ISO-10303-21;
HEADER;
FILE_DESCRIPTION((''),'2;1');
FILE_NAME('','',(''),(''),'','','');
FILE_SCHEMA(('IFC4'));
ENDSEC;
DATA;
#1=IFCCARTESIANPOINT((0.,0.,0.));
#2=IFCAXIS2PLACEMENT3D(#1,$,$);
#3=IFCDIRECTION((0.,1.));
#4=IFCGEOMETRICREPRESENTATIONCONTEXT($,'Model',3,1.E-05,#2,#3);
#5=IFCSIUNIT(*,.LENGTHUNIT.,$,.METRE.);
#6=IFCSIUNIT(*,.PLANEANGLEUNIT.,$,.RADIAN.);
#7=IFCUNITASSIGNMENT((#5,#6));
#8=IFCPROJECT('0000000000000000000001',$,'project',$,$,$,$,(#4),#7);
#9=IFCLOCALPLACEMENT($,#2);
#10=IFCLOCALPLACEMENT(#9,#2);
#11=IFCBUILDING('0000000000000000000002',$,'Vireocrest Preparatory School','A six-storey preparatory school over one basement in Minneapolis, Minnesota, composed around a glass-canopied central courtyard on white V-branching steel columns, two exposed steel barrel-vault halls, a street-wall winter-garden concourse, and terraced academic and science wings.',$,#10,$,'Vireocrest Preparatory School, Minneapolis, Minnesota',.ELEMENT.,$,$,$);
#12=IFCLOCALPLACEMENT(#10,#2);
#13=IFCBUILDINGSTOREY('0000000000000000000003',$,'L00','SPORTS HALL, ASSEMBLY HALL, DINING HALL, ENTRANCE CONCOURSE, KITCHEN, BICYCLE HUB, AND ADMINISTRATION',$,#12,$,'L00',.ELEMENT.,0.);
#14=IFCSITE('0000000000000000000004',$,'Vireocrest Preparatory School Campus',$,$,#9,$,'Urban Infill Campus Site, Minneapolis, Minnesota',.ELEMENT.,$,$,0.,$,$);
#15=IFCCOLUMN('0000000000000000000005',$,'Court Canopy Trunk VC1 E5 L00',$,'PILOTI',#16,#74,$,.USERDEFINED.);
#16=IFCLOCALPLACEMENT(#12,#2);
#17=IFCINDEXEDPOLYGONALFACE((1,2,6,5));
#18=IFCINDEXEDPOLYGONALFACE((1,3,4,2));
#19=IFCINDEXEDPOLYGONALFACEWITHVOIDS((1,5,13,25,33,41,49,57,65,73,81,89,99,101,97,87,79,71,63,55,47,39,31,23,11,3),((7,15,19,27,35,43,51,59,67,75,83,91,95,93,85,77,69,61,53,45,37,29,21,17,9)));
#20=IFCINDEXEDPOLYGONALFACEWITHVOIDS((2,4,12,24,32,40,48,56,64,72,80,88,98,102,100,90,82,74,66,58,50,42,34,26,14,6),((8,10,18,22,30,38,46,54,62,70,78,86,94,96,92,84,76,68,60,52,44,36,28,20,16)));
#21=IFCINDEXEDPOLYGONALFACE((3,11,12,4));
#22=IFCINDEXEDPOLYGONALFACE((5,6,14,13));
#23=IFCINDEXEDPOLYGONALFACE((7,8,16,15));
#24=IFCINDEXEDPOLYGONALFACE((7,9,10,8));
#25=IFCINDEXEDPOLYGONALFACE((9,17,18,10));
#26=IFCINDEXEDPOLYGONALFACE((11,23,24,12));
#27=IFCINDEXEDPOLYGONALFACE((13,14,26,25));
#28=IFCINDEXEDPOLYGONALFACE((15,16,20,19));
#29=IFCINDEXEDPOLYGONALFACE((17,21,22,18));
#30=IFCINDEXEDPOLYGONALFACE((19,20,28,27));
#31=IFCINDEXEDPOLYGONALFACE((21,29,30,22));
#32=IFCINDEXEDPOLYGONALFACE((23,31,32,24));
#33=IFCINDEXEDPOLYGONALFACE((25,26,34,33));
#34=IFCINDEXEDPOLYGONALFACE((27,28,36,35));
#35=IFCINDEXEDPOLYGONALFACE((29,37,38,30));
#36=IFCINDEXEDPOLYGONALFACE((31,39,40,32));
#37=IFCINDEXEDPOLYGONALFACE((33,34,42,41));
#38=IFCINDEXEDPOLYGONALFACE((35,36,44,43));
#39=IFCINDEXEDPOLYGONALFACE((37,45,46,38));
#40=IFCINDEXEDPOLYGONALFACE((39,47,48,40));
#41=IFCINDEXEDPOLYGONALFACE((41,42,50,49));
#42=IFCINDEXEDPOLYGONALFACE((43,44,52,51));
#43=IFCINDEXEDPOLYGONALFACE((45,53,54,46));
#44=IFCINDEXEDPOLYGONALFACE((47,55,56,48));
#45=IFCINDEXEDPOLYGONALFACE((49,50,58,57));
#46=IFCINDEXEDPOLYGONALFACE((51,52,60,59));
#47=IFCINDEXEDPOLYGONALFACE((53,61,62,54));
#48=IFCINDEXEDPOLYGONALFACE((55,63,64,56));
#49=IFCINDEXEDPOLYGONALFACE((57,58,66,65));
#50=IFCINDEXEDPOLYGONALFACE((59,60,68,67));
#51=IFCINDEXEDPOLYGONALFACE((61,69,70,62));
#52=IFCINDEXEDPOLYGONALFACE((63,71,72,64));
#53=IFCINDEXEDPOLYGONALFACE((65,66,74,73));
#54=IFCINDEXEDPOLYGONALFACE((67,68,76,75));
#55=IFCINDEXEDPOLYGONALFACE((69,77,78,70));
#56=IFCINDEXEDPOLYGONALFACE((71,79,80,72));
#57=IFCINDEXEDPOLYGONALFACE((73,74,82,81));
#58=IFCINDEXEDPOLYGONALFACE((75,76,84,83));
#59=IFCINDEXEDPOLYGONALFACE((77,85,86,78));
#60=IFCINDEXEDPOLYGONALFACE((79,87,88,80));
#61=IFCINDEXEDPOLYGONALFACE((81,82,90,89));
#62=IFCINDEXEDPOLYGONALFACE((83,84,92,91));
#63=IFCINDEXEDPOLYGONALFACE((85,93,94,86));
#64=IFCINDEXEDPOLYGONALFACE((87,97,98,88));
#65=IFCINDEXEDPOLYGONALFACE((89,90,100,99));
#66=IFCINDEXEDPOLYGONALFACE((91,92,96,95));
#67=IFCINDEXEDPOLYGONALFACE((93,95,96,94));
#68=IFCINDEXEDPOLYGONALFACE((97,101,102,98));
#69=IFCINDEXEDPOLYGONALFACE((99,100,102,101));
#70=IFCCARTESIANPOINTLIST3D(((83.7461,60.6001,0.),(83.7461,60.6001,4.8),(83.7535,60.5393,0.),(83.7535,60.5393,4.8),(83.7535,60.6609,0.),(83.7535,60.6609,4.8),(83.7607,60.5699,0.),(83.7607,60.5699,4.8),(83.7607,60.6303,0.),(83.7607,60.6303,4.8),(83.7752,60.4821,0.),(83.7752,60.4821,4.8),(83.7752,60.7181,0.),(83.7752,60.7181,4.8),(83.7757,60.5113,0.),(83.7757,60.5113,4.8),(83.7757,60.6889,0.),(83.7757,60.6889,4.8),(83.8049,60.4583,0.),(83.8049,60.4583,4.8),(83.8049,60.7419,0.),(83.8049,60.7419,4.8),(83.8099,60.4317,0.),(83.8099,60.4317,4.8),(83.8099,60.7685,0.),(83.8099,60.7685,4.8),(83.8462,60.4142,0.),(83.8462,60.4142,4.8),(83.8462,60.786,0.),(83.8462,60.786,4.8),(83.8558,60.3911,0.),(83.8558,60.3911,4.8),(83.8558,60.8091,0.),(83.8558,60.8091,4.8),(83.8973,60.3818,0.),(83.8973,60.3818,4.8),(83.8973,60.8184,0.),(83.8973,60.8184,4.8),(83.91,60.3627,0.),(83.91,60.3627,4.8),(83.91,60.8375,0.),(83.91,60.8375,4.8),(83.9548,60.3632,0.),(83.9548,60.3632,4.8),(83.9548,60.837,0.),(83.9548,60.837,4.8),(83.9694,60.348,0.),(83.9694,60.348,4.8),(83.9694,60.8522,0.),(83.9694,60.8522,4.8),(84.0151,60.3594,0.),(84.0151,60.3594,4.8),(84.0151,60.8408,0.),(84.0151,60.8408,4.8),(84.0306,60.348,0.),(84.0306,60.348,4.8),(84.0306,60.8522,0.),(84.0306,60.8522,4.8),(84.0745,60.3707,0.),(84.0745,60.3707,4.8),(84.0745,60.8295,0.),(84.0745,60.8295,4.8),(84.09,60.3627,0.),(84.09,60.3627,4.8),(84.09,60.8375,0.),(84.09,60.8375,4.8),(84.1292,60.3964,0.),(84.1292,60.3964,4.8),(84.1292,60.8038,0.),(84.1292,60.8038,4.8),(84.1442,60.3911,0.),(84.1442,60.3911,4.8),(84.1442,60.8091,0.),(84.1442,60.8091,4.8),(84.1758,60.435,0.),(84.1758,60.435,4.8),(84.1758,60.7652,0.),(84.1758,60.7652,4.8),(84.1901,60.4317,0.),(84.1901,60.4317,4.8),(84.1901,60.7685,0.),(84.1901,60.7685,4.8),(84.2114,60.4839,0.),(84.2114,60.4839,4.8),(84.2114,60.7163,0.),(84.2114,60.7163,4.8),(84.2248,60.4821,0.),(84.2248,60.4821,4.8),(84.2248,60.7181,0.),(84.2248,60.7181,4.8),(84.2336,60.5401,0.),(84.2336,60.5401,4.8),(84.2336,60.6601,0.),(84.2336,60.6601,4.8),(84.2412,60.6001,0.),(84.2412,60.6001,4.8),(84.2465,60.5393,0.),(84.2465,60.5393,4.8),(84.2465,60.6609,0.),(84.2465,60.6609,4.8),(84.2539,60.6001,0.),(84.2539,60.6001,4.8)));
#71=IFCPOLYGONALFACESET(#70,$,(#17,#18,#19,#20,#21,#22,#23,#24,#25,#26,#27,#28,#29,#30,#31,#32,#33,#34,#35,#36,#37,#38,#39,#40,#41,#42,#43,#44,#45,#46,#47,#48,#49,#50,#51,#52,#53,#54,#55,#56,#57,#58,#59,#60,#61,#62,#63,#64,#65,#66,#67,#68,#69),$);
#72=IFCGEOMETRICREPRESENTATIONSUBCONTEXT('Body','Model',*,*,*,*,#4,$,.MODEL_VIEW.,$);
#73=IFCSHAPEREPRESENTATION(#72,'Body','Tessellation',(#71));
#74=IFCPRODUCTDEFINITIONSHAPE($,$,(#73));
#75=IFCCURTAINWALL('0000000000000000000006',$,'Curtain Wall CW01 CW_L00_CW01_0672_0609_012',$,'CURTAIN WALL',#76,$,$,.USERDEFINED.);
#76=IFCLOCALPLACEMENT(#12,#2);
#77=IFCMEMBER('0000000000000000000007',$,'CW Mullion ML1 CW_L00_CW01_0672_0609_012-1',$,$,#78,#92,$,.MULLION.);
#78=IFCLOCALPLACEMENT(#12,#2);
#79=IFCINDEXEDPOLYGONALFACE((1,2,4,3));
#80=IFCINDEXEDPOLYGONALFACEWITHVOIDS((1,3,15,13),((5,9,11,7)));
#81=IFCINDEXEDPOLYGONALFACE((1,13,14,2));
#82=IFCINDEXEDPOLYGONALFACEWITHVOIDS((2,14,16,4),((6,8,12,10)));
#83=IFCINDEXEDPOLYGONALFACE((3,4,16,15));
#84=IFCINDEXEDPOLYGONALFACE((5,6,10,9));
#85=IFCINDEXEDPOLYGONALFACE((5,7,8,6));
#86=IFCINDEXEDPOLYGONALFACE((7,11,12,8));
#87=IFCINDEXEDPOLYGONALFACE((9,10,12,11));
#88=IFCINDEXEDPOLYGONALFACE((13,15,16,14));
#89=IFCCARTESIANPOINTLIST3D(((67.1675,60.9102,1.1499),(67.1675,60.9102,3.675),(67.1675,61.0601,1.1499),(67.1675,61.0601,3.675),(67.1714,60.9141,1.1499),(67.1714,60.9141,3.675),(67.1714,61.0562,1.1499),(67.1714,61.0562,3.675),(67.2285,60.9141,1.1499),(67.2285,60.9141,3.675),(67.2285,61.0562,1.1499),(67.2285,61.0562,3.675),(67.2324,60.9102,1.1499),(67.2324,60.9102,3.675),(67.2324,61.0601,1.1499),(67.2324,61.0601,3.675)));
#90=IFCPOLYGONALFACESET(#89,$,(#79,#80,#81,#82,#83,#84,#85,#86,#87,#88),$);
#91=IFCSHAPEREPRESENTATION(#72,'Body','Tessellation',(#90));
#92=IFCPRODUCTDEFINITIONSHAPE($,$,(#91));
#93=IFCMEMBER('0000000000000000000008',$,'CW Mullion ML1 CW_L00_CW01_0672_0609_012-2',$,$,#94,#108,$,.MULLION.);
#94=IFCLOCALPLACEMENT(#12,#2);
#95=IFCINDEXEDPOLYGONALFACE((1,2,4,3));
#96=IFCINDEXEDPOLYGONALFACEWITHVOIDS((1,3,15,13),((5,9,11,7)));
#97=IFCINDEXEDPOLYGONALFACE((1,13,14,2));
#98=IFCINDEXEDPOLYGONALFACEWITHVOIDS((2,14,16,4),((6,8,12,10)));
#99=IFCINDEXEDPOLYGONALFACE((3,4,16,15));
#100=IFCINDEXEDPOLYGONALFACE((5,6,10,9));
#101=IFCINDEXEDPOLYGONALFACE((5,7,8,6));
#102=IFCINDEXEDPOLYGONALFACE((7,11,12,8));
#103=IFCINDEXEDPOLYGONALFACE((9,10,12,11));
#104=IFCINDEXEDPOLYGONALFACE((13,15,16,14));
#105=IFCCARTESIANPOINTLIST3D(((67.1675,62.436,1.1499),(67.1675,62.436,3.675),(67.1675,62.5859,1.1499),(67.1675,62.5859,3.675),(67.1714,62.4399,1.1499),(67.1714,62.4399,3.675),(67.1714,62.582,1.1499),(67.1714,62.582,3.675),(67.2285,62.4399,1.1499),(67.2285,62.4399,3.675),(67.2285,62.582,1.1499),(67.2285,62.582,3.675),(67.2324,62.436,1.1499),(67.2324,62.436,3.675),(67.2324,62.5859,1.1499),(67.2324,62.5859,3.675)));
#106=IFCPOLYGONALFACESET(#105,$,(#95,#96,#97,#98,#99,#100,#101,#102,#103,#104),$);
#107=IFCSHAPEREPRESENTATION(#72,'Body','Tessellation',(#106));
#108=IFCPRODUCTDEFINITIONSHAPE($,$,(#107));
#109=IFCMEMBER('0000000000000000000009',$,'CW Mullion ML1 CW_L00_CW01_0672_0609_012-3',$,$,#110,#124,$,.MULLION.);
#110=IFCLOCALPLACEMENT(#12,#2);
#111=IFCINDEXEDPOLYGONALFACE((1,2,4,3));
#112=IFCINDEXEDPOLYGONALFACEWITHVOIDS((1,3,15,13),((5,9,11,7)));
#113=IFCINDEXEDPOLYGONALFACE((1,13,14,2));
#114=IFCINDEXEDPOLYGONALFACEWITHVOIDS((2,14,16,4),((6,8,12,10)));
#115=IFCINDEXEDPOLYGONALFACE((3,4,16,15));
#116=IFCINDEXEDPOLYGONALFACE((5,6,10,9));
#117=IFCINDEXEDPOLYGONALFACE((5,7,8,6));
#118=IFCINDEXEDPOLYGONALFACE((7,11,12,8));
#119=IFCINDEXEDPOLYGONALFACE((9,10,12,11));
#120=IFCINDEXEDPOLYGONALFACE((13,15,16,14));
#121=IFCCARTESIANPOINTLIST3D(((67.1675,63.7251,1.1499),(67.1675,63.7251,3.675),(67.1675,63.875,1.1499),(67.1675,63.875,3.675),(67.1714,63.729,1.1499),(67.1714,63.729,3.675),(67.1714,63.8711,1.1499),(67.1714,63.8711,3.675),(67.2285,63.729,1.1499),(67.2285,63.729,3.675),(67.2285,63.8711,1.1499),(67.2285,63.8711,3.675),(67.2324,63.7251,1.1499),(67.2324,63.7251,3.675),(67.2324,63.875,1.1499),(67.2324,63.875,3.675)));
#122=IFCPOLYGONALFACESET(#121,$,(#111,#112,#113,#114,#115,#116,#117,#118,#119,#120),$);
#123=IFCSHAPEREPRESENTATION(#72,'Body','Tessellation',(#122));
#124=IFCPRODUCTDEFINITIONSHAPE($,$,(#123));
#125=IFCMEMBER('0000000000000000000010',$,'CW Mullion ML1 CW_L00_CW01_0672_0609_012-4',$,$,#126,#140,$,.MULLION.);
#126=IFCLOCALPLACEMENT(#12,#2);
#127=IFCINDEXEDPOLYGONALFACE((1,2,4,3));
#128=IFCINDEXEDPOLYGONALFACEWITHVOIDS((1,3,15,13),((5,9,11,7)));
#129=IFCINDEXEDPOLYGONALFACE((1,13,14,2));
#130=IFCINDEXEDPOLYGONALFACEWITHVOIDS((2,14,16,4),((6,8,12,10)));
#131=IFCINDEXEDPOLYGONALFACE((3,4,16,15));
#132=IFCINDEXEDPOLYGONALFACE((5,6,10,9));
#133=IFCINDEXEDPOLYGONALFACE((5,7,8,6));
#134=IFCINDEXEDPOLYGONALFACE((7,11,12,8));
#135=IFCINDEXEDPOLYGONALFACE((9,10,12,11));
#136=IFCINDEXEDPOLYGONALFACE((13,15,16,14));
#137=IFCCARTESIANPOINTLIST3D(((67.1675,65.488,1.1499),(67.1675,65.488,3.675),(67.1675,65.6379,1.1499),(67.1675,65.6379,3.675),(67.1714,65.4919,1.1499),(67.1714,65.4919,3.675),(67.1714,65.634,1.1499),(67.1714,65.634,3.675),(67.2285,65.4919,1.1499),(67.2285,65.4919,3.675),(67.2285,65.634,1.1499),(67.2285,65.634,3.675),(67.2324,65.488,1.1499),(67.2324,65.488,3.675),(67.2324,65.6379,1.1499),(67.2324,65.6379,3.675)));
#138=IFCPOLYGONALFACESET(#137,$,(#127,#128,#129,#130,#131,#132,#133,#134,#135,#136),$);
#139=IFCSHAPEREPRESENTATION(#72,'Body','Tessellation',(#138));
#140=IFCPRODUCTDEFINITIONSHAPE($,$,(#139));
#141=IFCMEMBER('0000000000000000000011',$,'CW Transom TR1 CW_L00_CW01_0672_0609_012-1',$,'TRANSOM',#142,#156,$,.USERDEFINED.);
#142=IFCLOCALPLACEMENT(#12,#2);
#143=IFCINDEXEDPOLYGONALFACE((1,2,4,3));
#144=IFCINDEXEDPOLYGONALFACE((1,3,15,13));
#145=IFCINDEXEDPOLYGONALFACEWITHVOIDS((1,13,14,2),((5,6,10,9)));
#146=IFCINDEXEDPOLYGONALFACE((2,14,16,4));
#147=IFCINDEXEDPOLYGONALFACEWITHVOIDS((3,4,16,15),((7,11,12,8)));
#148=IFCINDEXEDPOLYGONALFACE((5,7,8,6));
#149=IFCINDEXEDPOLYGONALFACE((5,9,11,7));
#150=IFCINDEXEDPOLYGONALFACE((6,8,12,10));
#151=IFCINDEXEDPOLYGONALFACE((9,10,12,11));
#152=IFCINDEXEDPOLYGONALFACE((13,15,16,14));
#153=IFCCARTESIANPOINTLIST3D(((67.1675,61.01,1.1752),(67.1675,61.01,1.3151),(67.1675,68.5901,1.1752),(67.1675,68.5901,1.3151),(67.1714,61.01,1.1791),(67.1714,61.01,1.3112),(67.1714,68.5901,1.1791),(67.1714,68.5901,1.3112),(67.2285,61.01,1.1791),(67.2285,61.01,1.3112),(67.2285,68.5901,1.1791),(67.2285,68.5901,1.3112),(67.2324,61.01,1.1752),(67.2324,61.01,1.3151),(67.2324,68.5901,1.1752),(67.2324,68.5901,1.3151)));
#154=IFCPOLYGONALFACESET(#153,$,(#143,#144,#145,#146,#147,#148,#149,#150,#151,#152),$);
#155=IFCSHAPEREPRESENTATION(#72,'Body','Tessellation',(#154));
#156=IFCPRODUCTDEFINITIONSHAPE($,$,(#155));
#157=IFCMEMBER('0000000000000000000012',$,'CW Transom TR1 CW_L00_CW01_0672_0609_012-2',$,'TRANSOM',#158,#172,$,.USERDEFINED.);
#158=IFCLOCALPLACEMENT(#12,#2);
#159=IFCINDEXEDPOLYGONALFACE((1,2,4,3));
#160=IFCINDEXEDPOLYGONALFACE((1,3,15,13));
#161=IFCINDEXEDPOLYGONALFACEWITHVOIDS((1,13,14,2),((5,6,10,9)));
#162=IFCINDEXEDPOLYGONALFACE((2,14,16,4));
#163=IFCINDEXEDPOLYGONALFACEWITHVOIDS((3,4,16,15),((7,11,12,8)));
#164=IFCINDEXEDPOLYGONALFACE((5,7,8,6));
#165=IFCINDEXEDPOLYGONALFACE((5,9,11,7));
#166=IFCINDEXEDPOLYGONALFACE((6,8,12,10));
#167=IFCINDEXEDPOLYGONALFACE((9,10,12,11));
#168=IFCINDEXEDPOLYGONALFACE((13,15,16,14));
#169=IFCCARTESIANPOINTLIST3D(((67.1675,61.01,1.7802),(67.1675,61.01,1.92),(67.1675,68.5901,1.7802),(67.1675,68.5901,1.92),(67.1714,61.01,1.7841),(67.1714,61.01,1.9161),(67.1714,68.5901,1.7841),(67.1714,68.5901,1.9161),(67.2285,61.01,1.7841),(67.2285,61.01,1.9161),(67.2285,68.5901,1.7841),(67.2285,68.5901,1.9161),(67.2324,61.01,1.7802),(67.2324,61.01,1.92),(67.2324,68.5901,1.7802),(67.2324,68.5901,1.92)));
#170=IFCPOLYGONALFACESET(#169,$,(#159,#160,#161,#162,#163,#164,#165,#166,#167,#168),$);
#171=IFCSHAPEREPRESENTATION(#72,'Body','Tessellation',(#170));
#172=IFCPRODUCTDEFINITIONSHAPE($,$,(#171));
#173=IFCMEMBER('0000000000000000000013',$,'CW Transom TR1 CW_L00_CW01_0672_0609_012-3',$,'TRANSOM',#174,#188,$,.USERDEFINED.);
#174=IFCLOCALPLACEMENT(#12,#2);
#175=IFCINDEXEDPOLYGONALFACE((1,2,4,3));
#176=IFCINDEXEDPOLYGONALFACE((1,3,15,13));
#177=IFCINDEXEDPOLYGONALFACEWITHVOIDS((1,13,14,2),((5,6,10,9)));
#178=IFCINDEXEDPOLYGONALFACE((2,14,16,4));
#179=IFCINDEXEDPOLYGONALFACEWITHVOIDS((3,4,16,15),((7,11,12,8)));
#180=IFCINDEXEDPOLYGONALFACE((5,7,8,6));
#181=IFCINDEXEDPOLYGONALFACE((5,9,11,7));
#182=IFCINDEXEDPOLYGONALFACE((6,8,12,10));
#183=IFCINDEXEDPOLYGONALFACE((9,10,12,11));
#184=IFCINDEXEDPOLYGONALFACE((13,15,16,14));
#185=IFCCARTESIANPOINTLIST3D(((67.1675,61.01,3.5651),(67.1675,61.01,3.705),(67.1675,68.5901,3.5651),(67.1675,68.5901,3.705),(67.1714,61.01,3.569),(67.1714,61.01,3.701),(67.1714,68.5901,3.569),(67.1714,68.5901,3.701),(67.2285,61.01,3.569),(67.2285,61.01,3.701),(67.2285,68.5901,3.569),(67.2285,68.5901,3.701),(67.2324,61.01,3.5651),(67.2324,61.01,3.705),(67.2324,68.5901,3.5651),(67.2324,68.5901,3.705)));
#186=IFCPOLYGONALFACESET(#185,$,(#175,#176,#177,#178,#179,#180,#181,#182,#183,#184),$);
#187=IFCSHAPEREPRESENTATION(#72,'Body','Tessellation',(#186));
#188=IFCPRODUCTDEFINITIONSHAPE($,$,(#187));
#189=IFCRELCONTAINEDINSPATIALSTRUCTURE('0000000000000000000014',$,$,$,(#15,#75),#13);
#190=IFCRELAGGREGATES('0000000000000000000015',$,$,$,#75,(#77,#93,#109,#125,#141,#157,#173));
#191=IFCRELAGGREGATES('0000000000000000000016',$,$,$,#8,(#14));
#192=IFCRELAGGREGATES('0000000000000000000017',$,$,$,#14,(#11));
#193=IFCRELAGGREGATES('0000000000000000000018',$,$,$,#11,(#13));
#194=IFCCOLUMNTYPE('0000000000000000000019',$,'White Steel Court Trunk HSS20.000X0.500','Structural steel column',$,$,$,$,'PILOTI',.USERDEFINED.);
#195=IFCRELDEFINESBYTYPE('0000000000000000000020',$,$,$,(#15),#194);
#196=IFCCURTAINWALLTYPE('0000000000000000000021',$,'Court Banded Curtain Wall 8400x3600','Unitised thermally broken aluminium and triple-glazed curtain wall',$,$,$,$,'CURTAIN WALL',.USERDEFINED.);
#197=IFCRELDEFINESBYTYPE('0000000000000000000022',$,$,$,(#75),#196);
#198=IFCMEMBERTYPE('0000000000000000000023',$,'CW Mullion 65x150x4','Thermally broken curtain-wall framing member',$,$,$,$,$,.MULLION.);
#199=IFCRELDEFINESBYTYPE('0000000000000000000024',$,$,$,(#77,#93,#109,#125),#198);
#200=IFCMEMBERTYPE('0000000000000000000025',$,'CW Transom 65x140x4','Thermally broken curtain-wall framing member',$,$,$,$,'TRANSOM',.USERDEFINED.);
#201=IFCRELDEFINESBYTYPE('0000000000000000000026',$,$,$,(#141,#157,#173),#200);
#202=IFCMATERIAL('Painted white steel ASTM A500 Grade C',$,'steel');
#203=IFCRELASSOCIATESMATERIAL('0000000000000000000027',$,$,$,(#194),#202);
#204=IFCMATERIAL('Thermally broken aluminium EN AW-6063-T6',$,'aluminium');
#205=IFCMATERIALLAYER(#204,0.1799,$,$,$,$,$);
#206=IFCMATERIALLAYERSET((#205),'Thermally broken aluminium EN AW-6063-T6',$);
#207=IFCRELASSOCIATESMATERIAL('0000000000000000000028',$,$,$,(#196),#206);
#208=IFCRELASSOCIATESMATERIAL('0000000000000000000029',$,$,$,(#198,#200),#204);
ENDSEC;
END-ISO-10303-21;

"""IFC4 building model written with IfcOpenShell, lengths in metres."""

from ifc_helpers import new_model, si_unit, direction, frame, origin, origin_2d, place, context, subcontext, project, spatial, hollow_rectangle, hollow_circle, extrude, material, layer, layer_set, material_profile, profile_set, type_object, element, aggregate, save


model = new_model("IFC4")

# Units and contexts
model_context = context("Model", 3, precision=1e-05, world=origin(), true_north=direction((0.0, 1.0)))
body_context = subcontext(model_context, "Body", "Model", "MODEL_VIEW")
ifc_project = project(units=[si_unit("LENGTHUNIT", "METRE"), si_unit("PLANEANGLEUNIT", "RADIAN")], contexts=[model_context])

# Site, building, storey
site_placement = place(None, origin())
site = spatial("IfcSite", under=ifc_project, at=site_placement, Name="Vireocrest Preparatory School Campus", LongName="Urban Infill Campus Site, Minneapolis, Minnesota", CompositionType="ELEMENT", RefElevation=0.0)
building_placement = place(site_placement, origin())
building = spatial("IfcBuilding", under=site, at=building_placement, Name="Vireocrest Preparatory School", Description="A six-storey preparatory school over one basement in Minneapolis, Minnesota, composed around a glass-canopied central courtyard on white V-branching steel columns, two exposed steel barrel-vault halls, a street-wall winter-garden concourse, and terraced academic and science wings.", LongName="Vireocrest Preparatory School, Minneapolis, Minnesota", CompositionType="ELEMENT")
storey_placement = place(building_placement, origin())
storey = spatial("IfcBuildingStorey", under=building, at=storey_placement, Name="L00", Description="SPORTS HALL, ASSEMBLY HALL, DINING HALL, ENTRANCE CONCOURSE, KITCHEN, BICYCLE HUB, AND ADMINISTRATION", LongName="L00", CompositionType="ELEMENT", Elevation=0.0)

# Column
ifc_material_1 = material(Name="Painted white steel ASTM A500 Grade C", Category="steel")
ifc_material_profile_1 = material_profile(ifc_material_1, hollow_circle(Radius=0.2539, WallThickness=0.0127, at=origin_2d()), Name="HSS20.000X0.500")
ifc_profile_set_1 = profile_set([ifc_material_profile_1], Name="Painted white steel ASTM A500 Grade C")
column_type_1 = type_object("IfcColumnType", Name="White Steel Court Trunk HSS20.000X0.500", Description="Structural steel column", ElementType="PILOTI", PredefinedType="USERDEFINED", material=ifc_profile_set_1)
for number, where, z_axis, x_axis, name in (
    (1, (84.0, 60.6001, 0.0), (0.0, 0.0, 1.0), (1.0, 0.0, 0.0), "Court Canopy Trunk VC1 E5 L00"),
):
    element("IfcColumn", number, at=place(storey_placement, frame(where, z_axis=z_axis, x_axis=x_axis)), inside=storey, type_object=column_type_1, Name=name, ObjectType="PILOTI", PredefinedType="USERDEFINED", context=body_context, shape_type="SweptSolid", body=[
        extrude(hollow_circle(Radius=0.2539, WallThickness=0.0127, at=origin_2d()), origin(), (0.0, 0.0, 1.0), 4.8),
    ])

# Curtain wall, members
ifc_material_2 = material(Name="Thermally broken aluminium EN AW-6063-T6", Category="aluminium")
ifc_layer_1 = layer(ifc_material_2, 0.1799)
ifc_layer_set_1 = layer_set([ifc_layer_1], Name="Thermally broken aluminium EN AW-6063-T6")
curtain_wall_type = type_object("IfcCurtainWallType", Name="Court Banded Curtain Wall 8400x3600", Description="Unitised thermally broken aluminium and triple-glazed curtain wall", ElementType="CURTAIN WALL", PredefinedType="USERDEFINED", material=ifc_layer_set_1)
curtain_wall_placement = place(storey_placement, origin())
curtain_wall = element("IfcCurtainWall", 2, at=curtain_wall_placement, inside=storey, type_object=curtain_wall_type, Name="Curtain Wall CW01 CW_L00_CW01_0672_0609_012", ObjectType="CURTAIN WALL", PredefinedType="USERDEFINED")
ifc_material_profile_2 = material_profile(ifc_material_2, hollow_rectangle(XDim=0.0649, YDim=0.1499, WallThickness=0.0039, at=origin_2d()), Name="ALU 65x150x4")
ifc_profile_set_2 = profile_set([ifc_material_profile_2], Name="Thermally broken aluminium EN AW-6063-T6")
member_type_1 = type_object("IfcMemberType", Name="CW Mullion 65x150x4", Description="Thermally broken curtain-wall framing member", PredefinedType="MULLION", material=ifc_profile_set_2)
member_1_placement = place(storey_placement, frame((67.2, 60.9851, 1.1499), z_axis=(0.0, 0.0, 1.0), x_axis=(1.0, 0.0, 0.0)))
member_1 = element("IfcMember", 3, at=member_1_placement, type_object=member_type_1, Name="CW Mullion ML1 CW_L00_CW01_0672_0609_012-1", PredefinedType="MULLION", context=body_context, shape_type="SweptSolid", body=[
    extrude(hollow_rectangle(XDim=0.0649, YDim=0.1499, WallThickness=0.0039, at=origin_2d()), origin(), (0.0, 0.0, 1.0), 2.5251),
])
member_2_placement = place(storey_placement, frame((67.2, 62.511, 1.1499), z_axis=(0.0, 0.0, 1.0), x_axis=(1.0, 0.0, 0.0)))
member_2 = element("IfcMember", 4, at=member_2_placement, type_object=member_type_1, Name="CW Mullion ML1 CW_L00_CW01_0672_0609_012-2", PredefinedType="MULLION", context=body_context, shape_type="SweptSolid", body=[
    extrude(hollow_rectangle(XDim=0.0649, YDim=0.1499, WallThickness=0.0039, at=origin_2d()), origin(), (0.0, 0.0, 1.0), 2.5251),
])
member_3_placement = place(storey_placement, frame((67.2, 63.8, 1.1499), z_axis=(0.0, 0.0, 1.0), x_axis=(1.0, 0.0, 0.0)))
member_3 = element("IfcMember", 5, at=member_3_placement, type_object=member_type_1, Name="CW Mullion ML1 CW_L00_CW01_0672_0609_012-3", PredefinedType="MULLION", context=body_context, shape_type="SweptSolid", body=[
    extrude(hollow_rectangle(XDim=0.0649, YDim=0.1499, WallThickness=0.0039, at=origin_2d()), origin(), (0.0, 0.0, 1.0), 2.5251),
])
member_4_placement = place(storey_placement, frame((67.2, 65.563, 1.1499), z_axis=(0.0, 0.0, 1.0), x_axis=(1.0, 0.0, 0.0)))
member_4 = element("IfcMember", 6, at=member_4_placement, type_object=member_type_1, Name="CW Mullion ML1 CW_L00_CW01_0672_0609_012-4", PredefinedType="MULLION", context=body_context, shape_type="SweptSolid", body=[
    extrude(hollow_rectangle(XDim=0.0649, YDim=0.1499, WallThickness=0.0039, at=origin_2d()), origin(), (0.0, 0.0, 1.0), 2.5251),
])
ifc_material_profile_3 = material_profile(ifc_material_2, hollow_rectangle(XDim=0.0649, YDim=0.1399, WallThickness=0.0039, at=origin_2d()), Name="ALU 65x140x4")
ifc_profile_set_3 = profile_set([ifc_material_profile_3], Name="Thermally broken aluminium EN AW-6063-T6")
member_type_2 = type_object("IfcMemberType", Name="CW Transom 65x140x4", Description="Thermally broken curtain-wall framing member", ElementType="TRANSOM", PredefinedType="USERDEFINED", material=ifc_profile_set_3)
member_5_placement = place(storey_placement, frame((67.2, 61.01, 1.2451), z_axis=(0.0, 1.0, 0.0), x_axis=(-1.0, 0.0, 0.0)))
member_5 = element("IfcMember", 7, at=member_5_placement, type_object=member_type_2, Name="CW Transom TR1 CW_L00_CW01_0672_0609_012-1", ObjectType="TRANSOM", PredefinedType="USERDEFINED", context=body_context, shape_type="SweptSolid", body=[
    extrude(hollow_rectangle(XDim=0.0649, YDim=0.1399, WallThickness=0.0039, at=origin_2d()), origin(), (0.0, 0.0, 1.0), 7.5801),
])
member_6_placement = place(storey_placement, frame((67.2, 61.01, 1.8501), z_axis=(0.0, 1.0, 0.0), x_axis=(-1.0, 0.0, 0.0)))
member_6 = element("IfcMember", 8, at=member_6_placement, type_object=member_type_2, Name="CW Transom TR1 CW_L00_CW01_0672_0609_012-2", ObjectType="TRANSOM", PredefinedType="USERDEFINED", context=body_context, shape_type="SweptSolid", body=[
    extrude(hollow_rectangle(XDim=0.0649, YDim=0.1399, WallThickness=0.0039, at=origin_2d()), origin(), (0.0, 0.0, 1.0), 7.5801),
])
member_7_placement = place(storey_placement, frame((67.2, 61.01, 3.635), z_axis=(0.0, 1.0, 0.0), x_axis=(-1.0, 0.0, 0.0)))
member_7 = element("IfcMember", 9, at=member_7_placement, type_object=member_type_2, Name="CW Transom TR1 CW_L00_CW01_0672_0609_012-3", ObjectType="TRANSOM", PredefinedType="USERDEFINED", context=body_context, shape_type="SweptSolid", body=[
    extrude(hollow_rectangle(XDim=0.0649, YDim=0.1399, WallThickness=0.0039, at=origin_2d()), origin(), (0.0, 0.0, 1.0), 7.5801),
])

aggregate(curtain_wall, [member_1, member_2, member_3, member_4, member_5, member_6, member_7])

save(model, "model.ifc")
